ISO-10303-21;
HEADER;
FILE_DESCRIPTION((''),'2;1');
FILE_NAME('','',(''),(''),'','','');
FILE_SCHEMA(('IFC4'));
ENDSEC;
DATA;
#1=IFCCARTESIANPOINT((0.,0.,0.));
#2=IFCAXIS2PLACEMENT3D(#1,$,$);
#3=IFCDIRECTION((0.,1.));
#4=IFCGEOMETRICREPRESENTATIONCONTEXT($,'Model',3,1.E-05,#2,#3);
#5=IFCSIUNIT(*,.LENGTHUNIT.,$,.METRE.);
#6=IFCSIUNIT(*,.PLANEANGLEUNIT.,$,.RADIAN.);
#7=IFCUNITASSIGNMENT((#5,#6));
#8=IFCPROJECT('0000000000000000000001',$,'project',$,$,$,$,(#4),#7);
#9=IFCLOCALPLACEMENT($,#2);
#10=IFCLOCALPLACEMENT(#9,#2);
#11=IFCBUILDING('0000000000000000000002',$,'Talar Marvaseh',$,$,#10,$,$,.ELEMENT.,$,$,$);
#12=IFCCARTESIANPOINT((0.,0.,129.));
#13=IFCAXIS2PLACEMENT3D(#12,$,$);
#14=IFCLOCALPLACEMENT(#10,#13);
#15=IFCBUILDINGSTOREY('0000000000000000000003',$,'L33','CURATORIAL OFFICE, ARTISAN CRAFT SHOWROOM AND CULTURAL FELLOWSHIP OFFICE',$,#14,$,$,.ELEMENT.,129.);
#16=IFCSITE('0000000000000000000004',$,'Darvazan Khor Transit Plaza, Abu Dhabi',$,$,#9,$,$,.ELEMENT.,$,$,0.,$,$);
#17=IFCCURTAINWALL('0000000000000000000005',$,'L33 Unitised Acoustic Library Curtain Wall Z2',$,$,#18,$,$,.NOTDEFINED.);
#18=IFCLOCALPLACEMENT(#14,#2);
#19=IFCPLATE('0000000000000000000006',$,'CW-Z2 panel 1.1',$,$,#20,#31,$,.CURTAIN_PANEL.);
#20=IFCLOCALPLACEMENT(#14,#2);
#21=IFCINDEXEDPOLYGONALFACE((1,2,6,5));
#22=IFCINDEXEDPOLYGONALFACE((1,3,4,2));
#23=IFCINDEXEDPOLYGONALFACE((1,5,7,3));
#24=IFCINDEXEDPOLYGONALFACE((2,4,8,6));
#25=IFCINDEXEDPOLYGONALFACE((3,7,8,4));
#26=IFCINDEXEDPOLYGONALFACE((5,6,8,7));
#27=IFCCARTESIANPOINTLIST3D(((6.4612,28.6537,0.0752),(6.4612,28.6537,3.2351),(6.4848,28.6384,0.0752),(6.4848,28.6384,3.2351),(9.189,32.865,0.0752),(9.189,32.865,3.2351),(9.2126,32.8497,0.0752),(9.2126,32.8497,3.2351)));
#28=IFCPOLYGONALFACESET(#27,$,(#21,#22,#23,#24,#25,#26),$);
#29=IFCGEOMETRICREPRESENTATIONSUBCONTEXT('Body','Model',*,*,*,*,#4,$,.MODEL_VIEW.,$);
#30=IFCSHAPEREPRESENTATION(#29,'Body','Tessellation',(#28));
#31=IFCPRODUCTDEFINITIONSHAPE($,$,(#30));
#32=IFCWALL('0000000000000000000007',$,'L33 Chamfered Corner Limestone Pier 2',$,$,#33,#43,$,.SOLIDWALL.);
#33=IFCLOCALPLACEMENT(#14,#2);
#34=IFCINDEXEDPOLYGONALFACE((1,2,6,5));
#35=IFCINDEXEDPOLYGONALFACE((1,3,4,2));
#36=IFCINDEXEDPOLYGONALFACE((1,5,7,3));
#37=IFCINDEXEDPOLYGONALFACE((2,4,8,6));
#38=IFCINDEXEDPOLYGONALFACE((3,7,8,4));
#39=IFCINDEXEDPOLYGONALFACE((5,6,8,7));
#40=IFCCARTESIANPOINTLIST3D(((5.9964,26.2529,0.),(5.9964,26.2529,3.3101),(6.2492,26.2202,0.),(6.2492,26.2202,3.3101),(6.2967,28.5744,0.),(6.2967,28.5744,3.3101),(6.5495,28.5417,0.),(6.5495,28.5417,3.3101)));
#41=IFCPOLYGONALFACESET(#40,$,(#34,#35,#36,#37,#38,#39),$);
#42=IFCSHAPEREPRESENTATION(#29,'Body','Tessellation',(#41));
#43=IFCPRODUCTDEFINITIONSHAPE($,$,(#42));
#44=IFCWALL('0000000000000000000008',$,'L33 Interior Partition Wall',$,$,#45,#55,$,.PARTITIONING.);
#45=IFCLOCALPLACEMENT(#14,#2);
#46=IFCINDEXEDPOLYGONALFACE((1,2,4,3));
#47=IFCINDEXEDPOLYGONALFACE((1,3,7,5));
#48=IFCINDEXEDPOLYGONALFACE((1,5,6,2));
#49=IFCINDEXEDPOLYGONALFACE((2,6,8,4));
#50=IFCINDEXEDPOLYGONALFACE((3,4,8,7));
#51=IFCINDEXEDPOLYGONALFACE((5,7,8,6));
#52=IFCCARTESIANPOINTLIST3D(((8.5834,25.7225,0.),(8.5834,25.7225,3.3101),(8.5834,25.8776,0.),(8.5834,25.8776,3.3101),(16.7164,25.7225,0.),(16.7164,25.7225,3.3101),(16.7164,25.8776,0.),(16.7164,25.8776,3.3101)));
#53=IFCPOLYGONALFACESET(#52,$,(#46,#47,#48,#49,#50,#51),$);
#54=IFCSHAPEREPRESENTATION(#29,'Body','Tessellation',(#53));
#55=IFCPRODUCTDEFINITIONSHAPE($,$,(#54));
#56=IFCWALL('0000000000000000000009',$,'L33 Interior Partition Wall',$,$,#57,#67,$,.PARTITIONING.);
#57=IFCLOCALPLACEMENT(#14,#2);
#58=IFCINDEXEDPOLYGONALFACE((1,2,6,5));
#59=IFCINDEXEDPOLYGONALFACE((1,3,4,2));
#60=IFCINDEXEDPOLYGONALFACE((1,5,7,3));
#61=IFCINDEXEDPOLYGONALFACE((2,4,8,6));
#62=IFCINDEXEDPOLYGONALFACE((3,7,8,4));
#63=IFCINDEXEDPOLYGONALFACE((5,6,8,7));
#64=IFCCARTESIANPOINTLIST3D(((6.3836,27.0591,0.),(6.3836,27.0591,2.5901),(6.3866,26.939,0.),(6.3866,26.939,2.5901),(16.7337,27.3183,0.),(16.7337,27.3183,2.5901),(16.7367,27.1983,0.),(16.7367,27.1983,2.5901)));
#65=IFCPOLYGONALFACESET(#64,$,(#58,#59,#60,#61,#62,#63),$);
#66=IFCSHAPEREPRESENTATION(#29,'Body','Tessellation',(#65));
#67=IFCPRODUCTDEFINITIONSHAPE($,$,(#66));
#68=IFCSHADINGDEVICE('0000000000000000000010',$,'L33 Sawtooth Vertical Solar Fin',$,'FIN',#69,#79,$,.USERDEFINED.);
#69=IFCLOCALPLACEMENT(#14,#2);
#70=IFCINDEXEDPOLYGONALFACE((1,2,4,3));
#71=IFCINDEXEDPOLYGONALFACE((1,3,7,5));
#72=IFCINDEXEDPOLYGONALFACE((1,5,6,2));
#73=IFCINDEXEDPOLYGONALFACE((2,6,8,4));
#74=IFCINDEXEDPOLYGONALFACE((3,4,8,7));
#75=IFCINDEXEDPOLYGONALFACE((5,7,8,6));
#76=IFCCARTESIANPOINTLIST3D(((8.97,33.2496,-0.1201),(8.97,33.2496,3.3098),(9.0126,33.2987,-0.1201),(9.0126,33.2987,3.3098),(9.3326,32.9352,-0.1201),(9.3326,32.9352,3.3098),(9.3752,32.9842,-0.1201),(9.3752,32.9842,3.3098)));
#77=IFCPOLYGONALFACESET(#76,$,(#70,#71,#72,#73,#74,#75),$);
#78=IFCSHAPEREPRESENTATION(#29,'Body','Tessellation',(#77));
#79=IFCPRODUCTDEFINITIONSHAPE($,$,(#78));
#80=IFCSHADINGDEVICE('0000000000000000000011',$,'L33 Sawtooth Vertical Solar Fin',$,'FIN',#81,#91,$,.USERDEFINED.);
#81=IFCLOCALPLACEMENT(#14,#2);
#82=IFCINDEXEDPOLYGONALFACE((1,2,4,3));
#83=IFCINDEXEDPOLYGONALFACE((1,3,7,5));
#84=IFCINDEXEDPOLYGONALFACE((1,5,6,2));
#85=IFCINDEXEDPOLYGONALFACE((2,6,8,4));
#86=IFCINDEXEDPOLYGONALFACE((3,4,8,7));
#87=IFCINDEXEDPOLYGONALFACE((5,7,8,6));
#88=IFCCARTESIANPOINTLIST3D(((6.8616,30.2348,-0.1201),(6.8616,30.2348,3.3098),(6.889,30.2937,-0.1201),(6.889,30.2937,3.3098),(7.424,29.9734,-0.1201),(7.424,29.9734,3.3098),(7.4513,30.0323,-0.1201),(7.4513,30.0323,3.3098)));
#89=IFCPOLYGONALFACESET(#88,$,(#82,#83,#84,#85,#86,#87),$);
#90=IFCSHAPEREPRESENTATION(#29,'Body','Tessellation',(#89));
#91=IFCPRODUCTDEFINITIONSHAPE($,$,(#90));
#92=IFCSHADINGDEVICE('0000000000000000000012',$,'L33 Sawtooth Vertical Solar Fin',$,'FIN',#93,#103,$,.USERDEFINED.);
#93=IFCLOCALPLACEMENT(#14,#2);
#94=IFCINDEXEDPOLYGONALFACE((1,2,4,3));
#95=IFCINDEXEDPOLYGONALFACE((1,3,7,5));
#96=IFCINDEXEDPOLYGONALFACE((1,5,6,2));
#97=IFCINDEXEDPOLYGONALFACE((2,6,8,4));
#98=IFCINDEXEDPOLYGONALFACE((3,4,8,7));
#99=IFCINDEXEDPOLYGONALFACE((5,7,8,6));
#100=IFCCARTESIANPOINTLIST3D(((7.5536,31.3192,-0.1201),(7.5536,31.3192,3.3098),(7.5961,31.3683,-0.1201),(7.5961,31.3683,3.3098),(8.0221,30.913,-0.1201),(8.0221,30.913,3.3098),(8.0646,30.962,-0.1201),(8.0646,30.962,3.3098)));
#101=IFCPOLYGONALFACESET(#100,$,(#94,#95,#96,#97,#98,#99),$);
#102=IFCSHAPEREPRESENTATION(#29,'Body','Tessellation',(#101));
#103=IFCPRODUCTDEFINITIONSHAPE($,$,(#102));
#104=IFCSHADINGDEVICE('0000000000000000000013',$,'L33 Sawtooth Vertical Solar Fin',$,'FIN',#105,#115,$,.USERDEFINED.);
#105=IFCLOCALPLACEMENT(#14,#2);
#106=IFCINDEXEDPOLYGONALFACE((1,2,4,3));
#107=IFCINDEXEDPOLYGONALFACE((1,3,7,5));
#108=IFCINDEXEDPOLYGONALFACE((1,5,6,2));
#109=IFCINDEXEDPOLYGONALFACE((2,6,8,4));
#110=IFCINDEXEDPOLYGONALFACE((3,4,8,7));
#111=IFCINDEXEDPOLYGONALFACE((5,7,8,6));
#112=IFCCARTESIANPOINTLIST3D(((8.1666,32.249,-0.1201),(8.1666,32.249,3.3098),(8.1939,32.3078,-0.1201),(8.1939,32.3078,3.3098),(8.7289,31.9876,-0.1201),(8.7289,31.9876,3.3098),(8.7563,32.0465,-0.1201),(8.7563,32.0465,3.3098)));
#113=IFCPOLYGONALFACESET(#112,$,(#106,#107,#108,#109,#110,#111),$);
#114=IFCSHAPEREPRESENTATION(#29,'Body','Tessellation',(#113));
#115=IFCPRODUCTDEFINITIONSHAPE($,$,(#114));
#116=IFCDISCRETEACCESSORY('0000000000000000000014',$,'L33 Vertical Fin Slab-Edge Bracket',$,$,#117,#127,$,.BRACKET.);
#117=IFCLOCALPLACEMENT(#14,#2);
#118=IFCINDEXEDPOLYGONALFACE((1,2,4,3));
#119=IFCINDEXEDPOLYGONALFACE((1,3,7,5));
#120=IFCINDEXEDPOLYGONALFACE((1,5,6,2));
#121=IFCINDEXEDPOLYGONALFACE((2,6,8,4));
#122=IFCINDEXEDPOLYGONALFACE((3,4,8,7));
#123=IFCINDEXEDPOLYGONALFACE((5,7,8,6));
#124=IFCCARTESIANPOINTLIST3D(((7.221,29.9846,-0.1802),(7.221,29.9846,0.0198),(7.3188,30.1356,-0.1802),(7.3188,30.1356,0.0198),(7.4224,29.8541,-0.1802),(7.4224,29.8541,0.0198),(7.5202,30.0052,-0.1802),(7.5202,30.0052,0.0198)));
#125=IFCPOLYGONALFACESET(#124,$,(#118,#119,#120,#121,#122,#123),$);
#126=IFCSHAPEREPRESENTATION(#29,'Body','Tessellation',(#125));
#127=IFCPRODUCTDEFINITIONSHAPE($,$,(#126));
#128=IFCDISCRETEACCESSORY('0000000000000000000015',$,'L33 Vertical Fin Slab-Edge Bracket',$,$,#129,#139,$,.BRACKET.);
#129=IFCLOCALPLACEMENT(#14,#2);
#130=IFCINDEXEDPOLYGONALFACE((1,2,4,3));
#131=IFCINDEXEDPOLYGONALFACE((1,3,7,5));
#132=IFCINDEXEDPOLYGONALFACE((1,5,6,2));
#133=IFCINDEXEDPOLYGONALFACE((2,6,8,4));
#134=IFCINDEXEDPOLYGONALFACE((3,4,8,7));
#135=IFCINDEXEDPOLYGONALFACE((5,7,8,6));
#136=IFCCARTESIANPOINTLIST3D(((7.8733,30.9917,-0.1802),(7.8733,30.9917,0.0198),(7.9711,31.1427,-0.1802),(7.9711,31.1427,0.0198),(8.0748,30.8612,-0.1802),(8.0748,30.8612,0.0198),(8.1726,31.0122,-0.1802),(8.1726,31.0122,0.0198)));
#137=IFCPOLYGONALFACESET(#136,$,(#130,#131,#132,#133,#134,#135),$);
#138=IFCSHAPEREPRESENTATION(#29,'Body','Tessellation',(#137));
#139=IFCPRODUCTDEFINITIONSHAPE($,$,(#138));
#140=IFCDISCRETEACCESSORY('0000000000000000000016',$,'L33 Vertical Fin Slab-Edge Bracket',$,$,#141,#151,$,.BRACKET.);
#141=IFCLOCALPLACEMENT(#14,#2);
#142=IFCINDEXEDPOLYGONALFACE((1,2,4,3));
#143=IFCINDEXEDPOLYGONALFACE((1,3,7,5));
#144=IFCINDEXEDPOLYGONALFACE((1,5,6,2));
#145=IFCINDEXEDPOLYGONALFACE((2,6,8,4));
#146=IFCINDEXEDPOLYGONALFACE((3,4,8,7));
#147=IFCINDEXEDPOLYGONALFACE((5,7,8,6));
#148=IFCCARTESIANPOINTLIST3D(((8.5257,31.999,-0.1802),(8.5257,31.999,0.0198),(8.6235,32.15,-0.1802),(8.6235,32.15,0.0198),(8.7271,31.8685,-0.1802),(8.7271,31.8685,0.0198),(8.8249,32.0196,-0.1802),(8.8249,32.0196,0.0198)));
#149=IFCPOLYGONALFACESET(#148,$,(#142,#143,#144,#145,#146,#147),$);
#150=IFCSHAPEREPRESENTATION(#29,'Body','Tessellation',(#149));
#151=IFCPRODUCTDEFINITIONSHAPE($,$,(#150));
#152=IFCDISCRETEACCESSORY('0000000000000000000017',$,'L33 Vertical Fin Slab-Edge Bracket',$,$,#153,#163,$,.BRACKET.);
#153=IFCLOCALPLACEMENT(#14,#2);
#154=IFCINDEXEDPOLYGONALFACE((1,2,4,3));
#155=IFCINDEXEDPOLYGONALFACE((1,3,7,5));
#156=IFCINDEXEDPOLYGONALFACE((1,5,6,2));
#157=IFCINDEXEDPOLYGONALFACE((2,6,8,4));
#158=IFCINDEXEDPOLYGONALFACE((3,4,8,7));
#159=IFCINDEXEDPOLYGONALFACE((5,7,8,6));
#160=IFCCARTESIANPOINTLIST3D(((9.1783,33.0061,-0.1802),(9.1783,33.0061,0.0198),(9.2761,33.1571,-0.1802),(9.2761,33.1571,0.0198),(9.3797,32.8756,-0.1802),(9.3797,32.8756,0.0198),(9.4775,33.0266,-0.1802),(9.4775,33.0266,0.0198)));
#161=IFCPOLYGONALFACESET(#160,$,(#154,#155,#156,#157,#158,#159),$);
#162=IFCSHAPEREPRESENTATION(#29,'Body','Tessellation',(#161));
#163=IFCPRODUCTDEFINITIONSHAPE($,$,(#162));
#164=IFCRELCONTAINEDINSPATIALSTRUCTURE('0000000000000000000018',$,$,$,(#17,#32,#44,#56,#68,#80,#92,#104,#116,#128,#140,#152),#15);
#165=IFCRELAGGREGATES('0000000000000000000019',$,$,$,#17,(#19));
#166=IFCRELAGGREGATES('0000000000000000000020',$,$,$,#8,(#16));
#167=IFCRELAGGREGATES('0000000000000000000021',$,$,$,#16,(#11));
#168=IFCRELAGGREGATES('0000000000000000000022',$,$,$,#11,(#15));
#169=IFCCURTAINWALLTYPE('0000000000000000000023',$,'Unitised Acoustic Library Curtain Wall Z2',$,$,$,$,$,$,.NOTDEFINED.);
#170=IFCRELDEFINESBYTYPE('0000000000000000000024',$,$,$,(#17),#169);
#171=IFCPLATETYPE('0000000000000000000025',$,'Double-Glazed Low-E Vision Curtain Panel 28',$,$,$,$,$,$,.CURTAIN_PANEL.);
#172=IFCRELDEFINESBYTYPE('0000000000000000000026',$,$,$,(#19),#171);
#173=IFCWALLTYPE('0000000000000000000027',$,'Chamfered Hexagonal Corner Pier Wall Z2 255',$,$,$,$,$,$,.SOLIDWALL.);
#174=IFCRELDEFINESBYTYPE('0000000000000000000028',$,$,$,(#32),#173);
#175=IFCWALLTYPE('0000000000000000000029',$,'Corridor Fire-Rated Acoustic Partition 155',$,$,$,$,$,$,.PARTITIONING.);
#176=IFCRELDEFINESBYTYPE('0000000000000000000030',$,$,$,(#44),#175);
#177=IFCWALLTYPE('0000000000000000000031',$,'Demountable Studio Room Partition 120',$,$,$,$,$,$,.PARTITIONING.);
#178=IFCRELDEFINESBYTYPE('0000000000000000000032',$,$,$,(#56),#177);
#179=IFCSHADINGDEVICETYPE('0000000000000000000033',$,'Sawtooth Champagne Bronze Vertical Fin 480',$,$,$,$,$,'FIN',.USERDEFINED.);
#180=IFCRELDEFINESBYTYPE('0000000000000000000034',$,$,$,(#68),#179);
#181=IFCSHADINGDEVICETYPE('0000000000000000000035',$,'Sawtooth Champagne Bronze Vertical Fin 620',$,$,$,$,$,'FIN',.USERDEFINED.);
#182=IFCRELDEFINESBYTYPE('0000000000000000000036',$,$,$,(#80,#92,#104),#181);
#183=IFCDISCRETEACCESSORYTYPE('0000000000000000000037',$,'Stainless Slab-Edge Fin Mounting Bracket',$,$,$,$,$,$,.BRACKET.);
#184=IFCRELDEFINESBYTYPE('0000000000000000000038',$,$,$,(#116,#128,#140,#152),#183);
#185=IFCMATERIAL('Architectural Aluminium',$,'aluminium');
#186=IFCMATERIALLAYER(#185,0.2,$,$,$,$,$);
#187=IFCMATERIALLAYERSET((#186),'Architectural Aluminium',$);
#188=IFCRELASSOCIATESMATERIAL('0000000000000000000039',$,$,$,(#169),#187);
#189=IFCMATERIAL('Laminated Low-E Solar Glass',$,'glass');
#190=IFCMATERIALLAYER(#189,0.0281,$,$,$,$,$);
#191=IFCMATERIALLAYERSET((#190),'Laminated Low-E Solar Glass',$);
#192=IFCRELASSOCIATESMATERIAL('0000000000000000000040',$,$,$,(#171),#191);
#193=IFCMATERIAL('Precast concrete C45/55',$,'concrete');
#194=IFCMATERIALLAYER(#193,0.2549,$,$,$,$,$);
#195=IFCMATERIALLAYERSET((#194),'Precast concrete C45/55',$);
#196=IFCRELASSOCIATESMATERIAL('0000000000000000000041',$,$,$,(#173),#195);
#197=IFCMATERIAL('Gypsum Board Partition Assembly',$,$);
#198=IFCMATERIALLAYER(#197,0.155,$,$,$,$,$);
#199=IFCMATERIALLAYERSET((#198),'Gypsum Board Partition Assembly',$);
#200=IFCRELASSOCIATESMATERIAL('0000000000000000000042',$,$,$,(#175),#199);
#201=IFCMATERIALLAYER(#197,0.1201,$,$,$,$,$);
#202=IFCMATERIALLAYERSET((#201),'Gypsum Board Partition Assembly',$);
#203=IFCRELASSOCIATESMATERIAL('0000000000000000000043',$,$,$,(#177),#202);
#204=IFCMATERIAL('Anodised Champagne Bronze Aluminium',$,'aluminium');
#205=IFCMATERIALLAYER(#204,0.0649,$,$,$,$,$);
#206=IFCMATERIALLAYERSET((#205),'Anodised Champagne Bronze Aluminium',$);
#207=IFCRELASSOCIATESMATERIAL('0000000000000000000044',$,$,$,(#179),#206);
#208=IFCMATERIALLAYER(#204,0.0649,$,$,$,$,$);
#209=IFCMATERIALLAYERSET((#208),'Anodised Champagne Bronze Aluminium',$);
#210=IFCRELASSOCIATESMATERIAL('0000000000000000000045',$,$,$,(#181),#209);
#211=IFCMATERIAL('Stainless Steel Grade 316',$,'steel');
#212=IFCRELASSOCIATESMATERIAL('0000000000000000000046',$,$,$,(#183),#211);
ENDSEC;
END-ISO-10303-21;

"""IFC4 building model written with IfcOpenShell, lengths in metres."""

from ifc_helpers import new_model, si_unit, direction, frame, frame_2d, origin, origin_2d, place, context, subcontext, project, spatial, rectangle, extrude, source, transform, mapped, material, layer, layer_set, type_object, type_shapes, element, aggregate, save


model = new_model("IFC4")

# Units and contexts
model_context = context("Model", 3, precision=1e-05, world=origin(), true_north=direction((0.0, 1.0)))
body_context = subcontext(model_context, "Body", "Model", "MODEL_VIEW")
ifc_project = project(units=[si_unit("LENGTHUNIT", "METRE"), si_unit("PLANEANGLEUNIT", "RADIAN")], contexts=[model_context])

# Site, building, storey
site_placement = place(None, origin())
site = spatial("IfcSite", under=ifc_project, at=site_placement, Name="Darvazan Khor Transit Plaza, Abu Dhabi", CompositionType="ELEMENT", RefElevation=0.0)
building_placement = place(site_placement, origin())
building = spatial("IfcBuilding", under=site, at=building_placement, Name="Talar Marvaseh", CompositionType="ELEMENT")
storey_placement = place(building_placement, frame((0.0, 0.0, 129.0)))
storey = spatial("IfcBuildingStorey", under=building, at=storey_placement, Name="L33", Description="CURATORIAL OFFICE, ARTISAN CRAFT SHOWROOM AND CULTURAL FELLOWSHIP OFFICE", CompositionType="ELEMENT", Elevation=129.0)

# Shared definitions
ifc_material_1 = material(Name="Architectural Aluminium", Category="aluminium")
ifc_layer_1 = layer(ifc_material_1, 0.2)
ifc_layer_set_1 = layer_set([ifc_layer_1], Name="Architectural Aluminium")
curtain_wall_type = type_object("IfcCurtainWallType", Name="Unitised Acoustic Library Curtain Wall Z2", PredefinedType="NOTDEFINED", material=ifc_layer_set_1)

# Curtain wall, plate
curtain_wall_1_placement = place(storey_placement, origin())
curtain_wall_1 = element("IfcCurtainWall", 1, at=curtain_wall_1_placement, inside=storey, type_object=curtain_wall_type, Name="L33 Unitised Acoustic Library Curtain Wall Z2", PredefinedType="NOTDEFINED")
ifc_material_2 = material(Name="Laminated Low-E Solar Glass", Category="glass")
ifc_layer_2 = layer(ifc_material_2, 0.0281)
ifc_layer_set_2 = layer_set([ifc_layer_2], Name="Laminated Low-E Solar Glass")
plate_type = type_object("IfcPlateType", Name="Double-Glazed Low-E Vision Curtain Panel 28", PredefinedType="CURTAIN_PANEL", material=ifc_layer_set_2)
shared_shape_1 = source(origin(), body_context, "Body", "SweptSolid", [
    extrude(rectangle(XDim=5.0176, YDim=0.0281, at=origin_2d()), origin(), (0.0, 0.0, 1.0), 3.1599),
])
type_shapes(plate_type, [shared_shape_1])
plate_placement = place(storey_placement, frame((7.8369, 30.7517, 0.0752), z_axis=(0.0, 0.0, 1.0), x_axis=(0.543646, 0.839315, 0.0)))
plate = element("IfcPlate", 2, at=plate_placement, type_object=plate_type, Name="CW-Z2 panel 1.1", PredefinedType="CURTAIN_PANEL", context=body_context, shape_type="MappedRepresentation", body=[
    mapped(shared_shape_1, transform((0.0, 0.0, 0.0), x_axis=(1.0, 0.0, 0.0), y_axis=(0.0, 1.0, 0.0), z_axis=(0.0, 0.0, 1.0), scale=1.0)),
])
aggregate(curtain_wall_1, [plate])

# Walls
ifc_material_3 = material(Name="Precast concrete C45/55", Category="concrete")
ifc_layer_3 = layer(ifc_material_3, 0.2549)
ifc_layer_set_3 = layer_set([ifc_layer_3], Name="Precast concrete C45/55")
wall_type_1 = type_object("IfcWallType", Name="Chamfered Hexagonal Corner Pier Wall Z2 255", PredefinedType="SOLIDWALL", material=ifc_layer_set_3)
wall_1_placement = place(storey_placement, frame((6.1228, 26.2366, 0.0), z_axis=(0.0, 0.0, 1.0), x_axis=(0.128282, 0.991738, 0.0)))
element("IfcWall", 3, at=wall_1_placement, inside=storey, type_object=wall_type_1, Name="L33 Chamfered Corner Limestone Pier 2", PredefinedType="SOLIDWALL", context=body_context, shape_type="SweptSolid", body=[
    extrude(rectangle(XDim=2.3408, YDim=0.2549, at=frame_2d((1.1704, 0.0))), origin(), (0.0, 0.0, 1.0), 3.3101),
])
ifc_material_4 = material(Name="Gypsum Board Partition Assembly")
ifc_layer_4 = layer(ifc_material_4, 0.155)
ifc_layer_set_4 = layer_set([ifc_layer_4], Name="Gypsum Board Partition Assembly")
wall_type_2 = type_object("IfcWallType", Name="Corridor Fire-Rated Acoustic Partition 155", PredefinedType="PARTITIONING", material=ifc_layer_set_4)
wall_2_placement = place(storey_placement, frame((8.5835, 25.8, 0.0), z_axis=(0.0, 0.0, 1.0), x_axis=(1.0, 0.0, 0.0)))
element("IfcWall", 4, at=wall_2_placement, inside=storey, type_object=wall_type_2, Name="L33 Interior Partition Wall", PredefinedType="PARTITIONING", context=body_context, shape_type="SweptSolid", body=[
    extrude(rectangle(XDim=8.1331, YDim=0.155, at=frame_2d((4.0664, 0.0))), origin(), (0.0, 0.0, 1.0), 3.3101),
])
ifc_layer_5 = layer(ifc_material_4, 0.1201)
ifc_layer_set_5 = layer_set([ifc_layer_5], Name="Gypsum Board Partition Assembly")
wall_type_3 = type_object("IfcWallType", Name="Demountable Studio Room Partition 120", PredefinedType="PARTITIONING", material=ifc_layer_set_5)
wall_3_placement = place(storey_placement, frame((6.385, 26.999, 0.0), z_axis=(0.0, 0.0, 1.0), x_axis=(0.999686, 0.025043, 0.0)))
element("IfcWall", 5, at=wall_3_placement, inside=storey, type_object=wall_type_3, Name="L33 Interior Partition Wall", PredefinedType="PARTITIONING", context=body_context, shape_type="SweptSolid", body=[
    extrude(rectangle(XDim=10.3533, YDim=0.1201, at=frame_2d((5.1768, 0.0))), origin(), (0.0, 0.0, 1.0), 2.5901),
])

# Shading devices
ifc_material_5 = material(Name="Anodised Champagne Bronze Aluminium", Category="aluminium")
ifc_layer_6 = layer(ifc_material_5, 0.0649)
ifc_layer_set_6 = layer_set([ifc_layer_6], Name="Anodised Champagne Bronze Aluminium")
shading_device_type_1 = type_object("IfcShadingDeviceType", Name="Sawtooth Champagne Bronze Vertical Fin 480", ElementType="FIN", PredefinedType="USERDEFINED", material=ifc_layer_set_6)
shared_shape_2 = source(origin(), body_context, "Body", "SweptSolid", [
    extrude(rectangle(XDim=0.48, YDim=0.0649, at=origin_2d()), origin(), (0.0, 0.0, 1.0), 3.4299),
])
type_shapes(shading_device_type_1, [shared_shape_2])
shading_device_placement = place(storey_placement, frame((9.1726, 33.1169, -0.1201), z_axis=(0.0, 0.0, 1.0), x_axis=(-0.755511, 0.655136, 0.0)))
element("IfcShadingDevice", 6, at=shading_device_placement, inside=storey, type_object=shading_device_type_1, Name="L33 Sawtooth Vertical Solar Fin", ObjectType="FIN", PredefinedType="USERDEFINED", context=body_context, shape_type="MappedRepresentation", body=[
    mapped(shared_shape_2, transform((0.0, 0.0, 0.0), x_axis=(1.0, 0.0, 0.0), y_axis=(0.0, 1.0, 0.0), z_axis=(0.0, 0.0, 1.0), scale=1.0)),
])
ifc_layer_7 = layer(ifc_material_5, 0.0649)
ifc_layer_set_7 = layer_set([ifc_layer_7], Name="Anodised Champagne Bronze Aluminium")
shading_device_type_2 = type_object("IfcShadingDeviceType", Name="Sawtooth Champagne Bronze Vertical Fin 620", ElementType="FIN", PredefinedType="USERDEFINED", material=ifc_layer_set_7)
shared_shape_3 = source(origin(), body_context, "Body", "SweptSolid", [
    extrude(rectangle(XDim=0.6201, YDim=0.0649, at=origin_2d()), origin(), (0.0, 0.0, 1.0), 3.4299),
])
type_shapes(shading_device_type_2, [shared_shape_3])
for number, where, z_axis, x_axis, name in (
    (7, (7.1565, 30.1335, -0.1201), (0.0, 0.0, 1.0), (-0.906823, 0.421511, 0.0), "L33 Sawtooth Vertical Solar Fin"),
    (8, (7.8091, 31.1406, -0.1201), (0.0, 0.0, 1.0), (-0.755511, 0.655136, 0.0), "L33 Sawtooth Vertical Solar Fin"),
    (9, (8.4614, 32.1477, -0.1201), (0.0, 0.0, 1.0), (-0.906823, 0.421511, 0.0), "L33 Sawtooth Vertical Solar Fin"),
):
    element("IfcShadingDevice", number, at=place(storey_placement, frame(where, z_axis=z_axis, x_axis=x_axis)), inside=storey, type_object=shading_device_type_2, Name=name, ObjectType="FIN", PredefinedType="USERDEFINED", context=body_context, shape_type="MappedRepresentation", body=[
        mapped(shared_shape_3, transform((0.0, 0.0, 0.0), x_axis=(1.0, 0.0, 0.0), y_axis=(0.0, 1.0, 0.0), z_axis=(0.0, 0.0, 1.0), scale=1.0)),
    ])

# Discrete accessories
ifc_material_6 = material(Name="Stainless Steel Grade 316", Category="steel")
discrete_accessory_type = type_object("IfcDiscreteAccessoryType", Name="Stainless Slab-Edge Fin Mounting Bracket", PredefinedType="BRACKET", material=ifc_material_6)
shared_shape_4 = source(origin(), body_context, "Body", "SweptSolid", [
    extrude(rectangle(XDim=0.24, YDim=0.1799, at=origin_2d()), origin(), (0.0, 0.0, 1.0), 0.2),
])
type_shapes(discrete_accessory_type, [shared_shape_4])
for number, where, z_axis, x_axis, name in (
    (10, (7.3706, 29.9949, -0.1802), (0.0, 0.0, 1.0), (-0.839335, 0.543614, 0.0), "L33 Vertical Fin Slab-Edge Bracket"),
    (11, (8.0229, 31.002, -0.1802), (0.0, 0.0, 1.0), (-0.839335, 0.543614, 0.0), "L33 Vertical Fin Slab-Edge Bracket"),
    (12, (8.6753, 32.0093, -0.1802), (0.0, 0.0, 1.0), (-0.839335, 0.543614, 0.0), "L33 Vertical Fin Slab-Edge Bracket"),
    (13, (9.3279, 33.0164, -0.1802), (0.0, 0.0, 1.0), (-0.839335, 0.543614, 0.0), "L33 Vertical Fin Slab-Edge Bracket"),
):
    element("IfcDiscreteAccessory", number, at=place(storey_placement, frame(where, z_axis=z_axis, x_axis=x_axis)), inside=storey, type_object=discrete_accessory_type, Name=name, PredefinedType="BRACKET", context=body_context, shape_type="MappedRepresentation", body=[
        mapped(shared_shape_4, transform((0.0, 0.0, 0.0), x_axis=(1.0, 0.0, 0.0), y_axis=(0.0, 1.0, 0.0), z_axis=(0.0, 0.0, 1.0), scale=1.0)),
    ])

save(model, "model.ifc")
